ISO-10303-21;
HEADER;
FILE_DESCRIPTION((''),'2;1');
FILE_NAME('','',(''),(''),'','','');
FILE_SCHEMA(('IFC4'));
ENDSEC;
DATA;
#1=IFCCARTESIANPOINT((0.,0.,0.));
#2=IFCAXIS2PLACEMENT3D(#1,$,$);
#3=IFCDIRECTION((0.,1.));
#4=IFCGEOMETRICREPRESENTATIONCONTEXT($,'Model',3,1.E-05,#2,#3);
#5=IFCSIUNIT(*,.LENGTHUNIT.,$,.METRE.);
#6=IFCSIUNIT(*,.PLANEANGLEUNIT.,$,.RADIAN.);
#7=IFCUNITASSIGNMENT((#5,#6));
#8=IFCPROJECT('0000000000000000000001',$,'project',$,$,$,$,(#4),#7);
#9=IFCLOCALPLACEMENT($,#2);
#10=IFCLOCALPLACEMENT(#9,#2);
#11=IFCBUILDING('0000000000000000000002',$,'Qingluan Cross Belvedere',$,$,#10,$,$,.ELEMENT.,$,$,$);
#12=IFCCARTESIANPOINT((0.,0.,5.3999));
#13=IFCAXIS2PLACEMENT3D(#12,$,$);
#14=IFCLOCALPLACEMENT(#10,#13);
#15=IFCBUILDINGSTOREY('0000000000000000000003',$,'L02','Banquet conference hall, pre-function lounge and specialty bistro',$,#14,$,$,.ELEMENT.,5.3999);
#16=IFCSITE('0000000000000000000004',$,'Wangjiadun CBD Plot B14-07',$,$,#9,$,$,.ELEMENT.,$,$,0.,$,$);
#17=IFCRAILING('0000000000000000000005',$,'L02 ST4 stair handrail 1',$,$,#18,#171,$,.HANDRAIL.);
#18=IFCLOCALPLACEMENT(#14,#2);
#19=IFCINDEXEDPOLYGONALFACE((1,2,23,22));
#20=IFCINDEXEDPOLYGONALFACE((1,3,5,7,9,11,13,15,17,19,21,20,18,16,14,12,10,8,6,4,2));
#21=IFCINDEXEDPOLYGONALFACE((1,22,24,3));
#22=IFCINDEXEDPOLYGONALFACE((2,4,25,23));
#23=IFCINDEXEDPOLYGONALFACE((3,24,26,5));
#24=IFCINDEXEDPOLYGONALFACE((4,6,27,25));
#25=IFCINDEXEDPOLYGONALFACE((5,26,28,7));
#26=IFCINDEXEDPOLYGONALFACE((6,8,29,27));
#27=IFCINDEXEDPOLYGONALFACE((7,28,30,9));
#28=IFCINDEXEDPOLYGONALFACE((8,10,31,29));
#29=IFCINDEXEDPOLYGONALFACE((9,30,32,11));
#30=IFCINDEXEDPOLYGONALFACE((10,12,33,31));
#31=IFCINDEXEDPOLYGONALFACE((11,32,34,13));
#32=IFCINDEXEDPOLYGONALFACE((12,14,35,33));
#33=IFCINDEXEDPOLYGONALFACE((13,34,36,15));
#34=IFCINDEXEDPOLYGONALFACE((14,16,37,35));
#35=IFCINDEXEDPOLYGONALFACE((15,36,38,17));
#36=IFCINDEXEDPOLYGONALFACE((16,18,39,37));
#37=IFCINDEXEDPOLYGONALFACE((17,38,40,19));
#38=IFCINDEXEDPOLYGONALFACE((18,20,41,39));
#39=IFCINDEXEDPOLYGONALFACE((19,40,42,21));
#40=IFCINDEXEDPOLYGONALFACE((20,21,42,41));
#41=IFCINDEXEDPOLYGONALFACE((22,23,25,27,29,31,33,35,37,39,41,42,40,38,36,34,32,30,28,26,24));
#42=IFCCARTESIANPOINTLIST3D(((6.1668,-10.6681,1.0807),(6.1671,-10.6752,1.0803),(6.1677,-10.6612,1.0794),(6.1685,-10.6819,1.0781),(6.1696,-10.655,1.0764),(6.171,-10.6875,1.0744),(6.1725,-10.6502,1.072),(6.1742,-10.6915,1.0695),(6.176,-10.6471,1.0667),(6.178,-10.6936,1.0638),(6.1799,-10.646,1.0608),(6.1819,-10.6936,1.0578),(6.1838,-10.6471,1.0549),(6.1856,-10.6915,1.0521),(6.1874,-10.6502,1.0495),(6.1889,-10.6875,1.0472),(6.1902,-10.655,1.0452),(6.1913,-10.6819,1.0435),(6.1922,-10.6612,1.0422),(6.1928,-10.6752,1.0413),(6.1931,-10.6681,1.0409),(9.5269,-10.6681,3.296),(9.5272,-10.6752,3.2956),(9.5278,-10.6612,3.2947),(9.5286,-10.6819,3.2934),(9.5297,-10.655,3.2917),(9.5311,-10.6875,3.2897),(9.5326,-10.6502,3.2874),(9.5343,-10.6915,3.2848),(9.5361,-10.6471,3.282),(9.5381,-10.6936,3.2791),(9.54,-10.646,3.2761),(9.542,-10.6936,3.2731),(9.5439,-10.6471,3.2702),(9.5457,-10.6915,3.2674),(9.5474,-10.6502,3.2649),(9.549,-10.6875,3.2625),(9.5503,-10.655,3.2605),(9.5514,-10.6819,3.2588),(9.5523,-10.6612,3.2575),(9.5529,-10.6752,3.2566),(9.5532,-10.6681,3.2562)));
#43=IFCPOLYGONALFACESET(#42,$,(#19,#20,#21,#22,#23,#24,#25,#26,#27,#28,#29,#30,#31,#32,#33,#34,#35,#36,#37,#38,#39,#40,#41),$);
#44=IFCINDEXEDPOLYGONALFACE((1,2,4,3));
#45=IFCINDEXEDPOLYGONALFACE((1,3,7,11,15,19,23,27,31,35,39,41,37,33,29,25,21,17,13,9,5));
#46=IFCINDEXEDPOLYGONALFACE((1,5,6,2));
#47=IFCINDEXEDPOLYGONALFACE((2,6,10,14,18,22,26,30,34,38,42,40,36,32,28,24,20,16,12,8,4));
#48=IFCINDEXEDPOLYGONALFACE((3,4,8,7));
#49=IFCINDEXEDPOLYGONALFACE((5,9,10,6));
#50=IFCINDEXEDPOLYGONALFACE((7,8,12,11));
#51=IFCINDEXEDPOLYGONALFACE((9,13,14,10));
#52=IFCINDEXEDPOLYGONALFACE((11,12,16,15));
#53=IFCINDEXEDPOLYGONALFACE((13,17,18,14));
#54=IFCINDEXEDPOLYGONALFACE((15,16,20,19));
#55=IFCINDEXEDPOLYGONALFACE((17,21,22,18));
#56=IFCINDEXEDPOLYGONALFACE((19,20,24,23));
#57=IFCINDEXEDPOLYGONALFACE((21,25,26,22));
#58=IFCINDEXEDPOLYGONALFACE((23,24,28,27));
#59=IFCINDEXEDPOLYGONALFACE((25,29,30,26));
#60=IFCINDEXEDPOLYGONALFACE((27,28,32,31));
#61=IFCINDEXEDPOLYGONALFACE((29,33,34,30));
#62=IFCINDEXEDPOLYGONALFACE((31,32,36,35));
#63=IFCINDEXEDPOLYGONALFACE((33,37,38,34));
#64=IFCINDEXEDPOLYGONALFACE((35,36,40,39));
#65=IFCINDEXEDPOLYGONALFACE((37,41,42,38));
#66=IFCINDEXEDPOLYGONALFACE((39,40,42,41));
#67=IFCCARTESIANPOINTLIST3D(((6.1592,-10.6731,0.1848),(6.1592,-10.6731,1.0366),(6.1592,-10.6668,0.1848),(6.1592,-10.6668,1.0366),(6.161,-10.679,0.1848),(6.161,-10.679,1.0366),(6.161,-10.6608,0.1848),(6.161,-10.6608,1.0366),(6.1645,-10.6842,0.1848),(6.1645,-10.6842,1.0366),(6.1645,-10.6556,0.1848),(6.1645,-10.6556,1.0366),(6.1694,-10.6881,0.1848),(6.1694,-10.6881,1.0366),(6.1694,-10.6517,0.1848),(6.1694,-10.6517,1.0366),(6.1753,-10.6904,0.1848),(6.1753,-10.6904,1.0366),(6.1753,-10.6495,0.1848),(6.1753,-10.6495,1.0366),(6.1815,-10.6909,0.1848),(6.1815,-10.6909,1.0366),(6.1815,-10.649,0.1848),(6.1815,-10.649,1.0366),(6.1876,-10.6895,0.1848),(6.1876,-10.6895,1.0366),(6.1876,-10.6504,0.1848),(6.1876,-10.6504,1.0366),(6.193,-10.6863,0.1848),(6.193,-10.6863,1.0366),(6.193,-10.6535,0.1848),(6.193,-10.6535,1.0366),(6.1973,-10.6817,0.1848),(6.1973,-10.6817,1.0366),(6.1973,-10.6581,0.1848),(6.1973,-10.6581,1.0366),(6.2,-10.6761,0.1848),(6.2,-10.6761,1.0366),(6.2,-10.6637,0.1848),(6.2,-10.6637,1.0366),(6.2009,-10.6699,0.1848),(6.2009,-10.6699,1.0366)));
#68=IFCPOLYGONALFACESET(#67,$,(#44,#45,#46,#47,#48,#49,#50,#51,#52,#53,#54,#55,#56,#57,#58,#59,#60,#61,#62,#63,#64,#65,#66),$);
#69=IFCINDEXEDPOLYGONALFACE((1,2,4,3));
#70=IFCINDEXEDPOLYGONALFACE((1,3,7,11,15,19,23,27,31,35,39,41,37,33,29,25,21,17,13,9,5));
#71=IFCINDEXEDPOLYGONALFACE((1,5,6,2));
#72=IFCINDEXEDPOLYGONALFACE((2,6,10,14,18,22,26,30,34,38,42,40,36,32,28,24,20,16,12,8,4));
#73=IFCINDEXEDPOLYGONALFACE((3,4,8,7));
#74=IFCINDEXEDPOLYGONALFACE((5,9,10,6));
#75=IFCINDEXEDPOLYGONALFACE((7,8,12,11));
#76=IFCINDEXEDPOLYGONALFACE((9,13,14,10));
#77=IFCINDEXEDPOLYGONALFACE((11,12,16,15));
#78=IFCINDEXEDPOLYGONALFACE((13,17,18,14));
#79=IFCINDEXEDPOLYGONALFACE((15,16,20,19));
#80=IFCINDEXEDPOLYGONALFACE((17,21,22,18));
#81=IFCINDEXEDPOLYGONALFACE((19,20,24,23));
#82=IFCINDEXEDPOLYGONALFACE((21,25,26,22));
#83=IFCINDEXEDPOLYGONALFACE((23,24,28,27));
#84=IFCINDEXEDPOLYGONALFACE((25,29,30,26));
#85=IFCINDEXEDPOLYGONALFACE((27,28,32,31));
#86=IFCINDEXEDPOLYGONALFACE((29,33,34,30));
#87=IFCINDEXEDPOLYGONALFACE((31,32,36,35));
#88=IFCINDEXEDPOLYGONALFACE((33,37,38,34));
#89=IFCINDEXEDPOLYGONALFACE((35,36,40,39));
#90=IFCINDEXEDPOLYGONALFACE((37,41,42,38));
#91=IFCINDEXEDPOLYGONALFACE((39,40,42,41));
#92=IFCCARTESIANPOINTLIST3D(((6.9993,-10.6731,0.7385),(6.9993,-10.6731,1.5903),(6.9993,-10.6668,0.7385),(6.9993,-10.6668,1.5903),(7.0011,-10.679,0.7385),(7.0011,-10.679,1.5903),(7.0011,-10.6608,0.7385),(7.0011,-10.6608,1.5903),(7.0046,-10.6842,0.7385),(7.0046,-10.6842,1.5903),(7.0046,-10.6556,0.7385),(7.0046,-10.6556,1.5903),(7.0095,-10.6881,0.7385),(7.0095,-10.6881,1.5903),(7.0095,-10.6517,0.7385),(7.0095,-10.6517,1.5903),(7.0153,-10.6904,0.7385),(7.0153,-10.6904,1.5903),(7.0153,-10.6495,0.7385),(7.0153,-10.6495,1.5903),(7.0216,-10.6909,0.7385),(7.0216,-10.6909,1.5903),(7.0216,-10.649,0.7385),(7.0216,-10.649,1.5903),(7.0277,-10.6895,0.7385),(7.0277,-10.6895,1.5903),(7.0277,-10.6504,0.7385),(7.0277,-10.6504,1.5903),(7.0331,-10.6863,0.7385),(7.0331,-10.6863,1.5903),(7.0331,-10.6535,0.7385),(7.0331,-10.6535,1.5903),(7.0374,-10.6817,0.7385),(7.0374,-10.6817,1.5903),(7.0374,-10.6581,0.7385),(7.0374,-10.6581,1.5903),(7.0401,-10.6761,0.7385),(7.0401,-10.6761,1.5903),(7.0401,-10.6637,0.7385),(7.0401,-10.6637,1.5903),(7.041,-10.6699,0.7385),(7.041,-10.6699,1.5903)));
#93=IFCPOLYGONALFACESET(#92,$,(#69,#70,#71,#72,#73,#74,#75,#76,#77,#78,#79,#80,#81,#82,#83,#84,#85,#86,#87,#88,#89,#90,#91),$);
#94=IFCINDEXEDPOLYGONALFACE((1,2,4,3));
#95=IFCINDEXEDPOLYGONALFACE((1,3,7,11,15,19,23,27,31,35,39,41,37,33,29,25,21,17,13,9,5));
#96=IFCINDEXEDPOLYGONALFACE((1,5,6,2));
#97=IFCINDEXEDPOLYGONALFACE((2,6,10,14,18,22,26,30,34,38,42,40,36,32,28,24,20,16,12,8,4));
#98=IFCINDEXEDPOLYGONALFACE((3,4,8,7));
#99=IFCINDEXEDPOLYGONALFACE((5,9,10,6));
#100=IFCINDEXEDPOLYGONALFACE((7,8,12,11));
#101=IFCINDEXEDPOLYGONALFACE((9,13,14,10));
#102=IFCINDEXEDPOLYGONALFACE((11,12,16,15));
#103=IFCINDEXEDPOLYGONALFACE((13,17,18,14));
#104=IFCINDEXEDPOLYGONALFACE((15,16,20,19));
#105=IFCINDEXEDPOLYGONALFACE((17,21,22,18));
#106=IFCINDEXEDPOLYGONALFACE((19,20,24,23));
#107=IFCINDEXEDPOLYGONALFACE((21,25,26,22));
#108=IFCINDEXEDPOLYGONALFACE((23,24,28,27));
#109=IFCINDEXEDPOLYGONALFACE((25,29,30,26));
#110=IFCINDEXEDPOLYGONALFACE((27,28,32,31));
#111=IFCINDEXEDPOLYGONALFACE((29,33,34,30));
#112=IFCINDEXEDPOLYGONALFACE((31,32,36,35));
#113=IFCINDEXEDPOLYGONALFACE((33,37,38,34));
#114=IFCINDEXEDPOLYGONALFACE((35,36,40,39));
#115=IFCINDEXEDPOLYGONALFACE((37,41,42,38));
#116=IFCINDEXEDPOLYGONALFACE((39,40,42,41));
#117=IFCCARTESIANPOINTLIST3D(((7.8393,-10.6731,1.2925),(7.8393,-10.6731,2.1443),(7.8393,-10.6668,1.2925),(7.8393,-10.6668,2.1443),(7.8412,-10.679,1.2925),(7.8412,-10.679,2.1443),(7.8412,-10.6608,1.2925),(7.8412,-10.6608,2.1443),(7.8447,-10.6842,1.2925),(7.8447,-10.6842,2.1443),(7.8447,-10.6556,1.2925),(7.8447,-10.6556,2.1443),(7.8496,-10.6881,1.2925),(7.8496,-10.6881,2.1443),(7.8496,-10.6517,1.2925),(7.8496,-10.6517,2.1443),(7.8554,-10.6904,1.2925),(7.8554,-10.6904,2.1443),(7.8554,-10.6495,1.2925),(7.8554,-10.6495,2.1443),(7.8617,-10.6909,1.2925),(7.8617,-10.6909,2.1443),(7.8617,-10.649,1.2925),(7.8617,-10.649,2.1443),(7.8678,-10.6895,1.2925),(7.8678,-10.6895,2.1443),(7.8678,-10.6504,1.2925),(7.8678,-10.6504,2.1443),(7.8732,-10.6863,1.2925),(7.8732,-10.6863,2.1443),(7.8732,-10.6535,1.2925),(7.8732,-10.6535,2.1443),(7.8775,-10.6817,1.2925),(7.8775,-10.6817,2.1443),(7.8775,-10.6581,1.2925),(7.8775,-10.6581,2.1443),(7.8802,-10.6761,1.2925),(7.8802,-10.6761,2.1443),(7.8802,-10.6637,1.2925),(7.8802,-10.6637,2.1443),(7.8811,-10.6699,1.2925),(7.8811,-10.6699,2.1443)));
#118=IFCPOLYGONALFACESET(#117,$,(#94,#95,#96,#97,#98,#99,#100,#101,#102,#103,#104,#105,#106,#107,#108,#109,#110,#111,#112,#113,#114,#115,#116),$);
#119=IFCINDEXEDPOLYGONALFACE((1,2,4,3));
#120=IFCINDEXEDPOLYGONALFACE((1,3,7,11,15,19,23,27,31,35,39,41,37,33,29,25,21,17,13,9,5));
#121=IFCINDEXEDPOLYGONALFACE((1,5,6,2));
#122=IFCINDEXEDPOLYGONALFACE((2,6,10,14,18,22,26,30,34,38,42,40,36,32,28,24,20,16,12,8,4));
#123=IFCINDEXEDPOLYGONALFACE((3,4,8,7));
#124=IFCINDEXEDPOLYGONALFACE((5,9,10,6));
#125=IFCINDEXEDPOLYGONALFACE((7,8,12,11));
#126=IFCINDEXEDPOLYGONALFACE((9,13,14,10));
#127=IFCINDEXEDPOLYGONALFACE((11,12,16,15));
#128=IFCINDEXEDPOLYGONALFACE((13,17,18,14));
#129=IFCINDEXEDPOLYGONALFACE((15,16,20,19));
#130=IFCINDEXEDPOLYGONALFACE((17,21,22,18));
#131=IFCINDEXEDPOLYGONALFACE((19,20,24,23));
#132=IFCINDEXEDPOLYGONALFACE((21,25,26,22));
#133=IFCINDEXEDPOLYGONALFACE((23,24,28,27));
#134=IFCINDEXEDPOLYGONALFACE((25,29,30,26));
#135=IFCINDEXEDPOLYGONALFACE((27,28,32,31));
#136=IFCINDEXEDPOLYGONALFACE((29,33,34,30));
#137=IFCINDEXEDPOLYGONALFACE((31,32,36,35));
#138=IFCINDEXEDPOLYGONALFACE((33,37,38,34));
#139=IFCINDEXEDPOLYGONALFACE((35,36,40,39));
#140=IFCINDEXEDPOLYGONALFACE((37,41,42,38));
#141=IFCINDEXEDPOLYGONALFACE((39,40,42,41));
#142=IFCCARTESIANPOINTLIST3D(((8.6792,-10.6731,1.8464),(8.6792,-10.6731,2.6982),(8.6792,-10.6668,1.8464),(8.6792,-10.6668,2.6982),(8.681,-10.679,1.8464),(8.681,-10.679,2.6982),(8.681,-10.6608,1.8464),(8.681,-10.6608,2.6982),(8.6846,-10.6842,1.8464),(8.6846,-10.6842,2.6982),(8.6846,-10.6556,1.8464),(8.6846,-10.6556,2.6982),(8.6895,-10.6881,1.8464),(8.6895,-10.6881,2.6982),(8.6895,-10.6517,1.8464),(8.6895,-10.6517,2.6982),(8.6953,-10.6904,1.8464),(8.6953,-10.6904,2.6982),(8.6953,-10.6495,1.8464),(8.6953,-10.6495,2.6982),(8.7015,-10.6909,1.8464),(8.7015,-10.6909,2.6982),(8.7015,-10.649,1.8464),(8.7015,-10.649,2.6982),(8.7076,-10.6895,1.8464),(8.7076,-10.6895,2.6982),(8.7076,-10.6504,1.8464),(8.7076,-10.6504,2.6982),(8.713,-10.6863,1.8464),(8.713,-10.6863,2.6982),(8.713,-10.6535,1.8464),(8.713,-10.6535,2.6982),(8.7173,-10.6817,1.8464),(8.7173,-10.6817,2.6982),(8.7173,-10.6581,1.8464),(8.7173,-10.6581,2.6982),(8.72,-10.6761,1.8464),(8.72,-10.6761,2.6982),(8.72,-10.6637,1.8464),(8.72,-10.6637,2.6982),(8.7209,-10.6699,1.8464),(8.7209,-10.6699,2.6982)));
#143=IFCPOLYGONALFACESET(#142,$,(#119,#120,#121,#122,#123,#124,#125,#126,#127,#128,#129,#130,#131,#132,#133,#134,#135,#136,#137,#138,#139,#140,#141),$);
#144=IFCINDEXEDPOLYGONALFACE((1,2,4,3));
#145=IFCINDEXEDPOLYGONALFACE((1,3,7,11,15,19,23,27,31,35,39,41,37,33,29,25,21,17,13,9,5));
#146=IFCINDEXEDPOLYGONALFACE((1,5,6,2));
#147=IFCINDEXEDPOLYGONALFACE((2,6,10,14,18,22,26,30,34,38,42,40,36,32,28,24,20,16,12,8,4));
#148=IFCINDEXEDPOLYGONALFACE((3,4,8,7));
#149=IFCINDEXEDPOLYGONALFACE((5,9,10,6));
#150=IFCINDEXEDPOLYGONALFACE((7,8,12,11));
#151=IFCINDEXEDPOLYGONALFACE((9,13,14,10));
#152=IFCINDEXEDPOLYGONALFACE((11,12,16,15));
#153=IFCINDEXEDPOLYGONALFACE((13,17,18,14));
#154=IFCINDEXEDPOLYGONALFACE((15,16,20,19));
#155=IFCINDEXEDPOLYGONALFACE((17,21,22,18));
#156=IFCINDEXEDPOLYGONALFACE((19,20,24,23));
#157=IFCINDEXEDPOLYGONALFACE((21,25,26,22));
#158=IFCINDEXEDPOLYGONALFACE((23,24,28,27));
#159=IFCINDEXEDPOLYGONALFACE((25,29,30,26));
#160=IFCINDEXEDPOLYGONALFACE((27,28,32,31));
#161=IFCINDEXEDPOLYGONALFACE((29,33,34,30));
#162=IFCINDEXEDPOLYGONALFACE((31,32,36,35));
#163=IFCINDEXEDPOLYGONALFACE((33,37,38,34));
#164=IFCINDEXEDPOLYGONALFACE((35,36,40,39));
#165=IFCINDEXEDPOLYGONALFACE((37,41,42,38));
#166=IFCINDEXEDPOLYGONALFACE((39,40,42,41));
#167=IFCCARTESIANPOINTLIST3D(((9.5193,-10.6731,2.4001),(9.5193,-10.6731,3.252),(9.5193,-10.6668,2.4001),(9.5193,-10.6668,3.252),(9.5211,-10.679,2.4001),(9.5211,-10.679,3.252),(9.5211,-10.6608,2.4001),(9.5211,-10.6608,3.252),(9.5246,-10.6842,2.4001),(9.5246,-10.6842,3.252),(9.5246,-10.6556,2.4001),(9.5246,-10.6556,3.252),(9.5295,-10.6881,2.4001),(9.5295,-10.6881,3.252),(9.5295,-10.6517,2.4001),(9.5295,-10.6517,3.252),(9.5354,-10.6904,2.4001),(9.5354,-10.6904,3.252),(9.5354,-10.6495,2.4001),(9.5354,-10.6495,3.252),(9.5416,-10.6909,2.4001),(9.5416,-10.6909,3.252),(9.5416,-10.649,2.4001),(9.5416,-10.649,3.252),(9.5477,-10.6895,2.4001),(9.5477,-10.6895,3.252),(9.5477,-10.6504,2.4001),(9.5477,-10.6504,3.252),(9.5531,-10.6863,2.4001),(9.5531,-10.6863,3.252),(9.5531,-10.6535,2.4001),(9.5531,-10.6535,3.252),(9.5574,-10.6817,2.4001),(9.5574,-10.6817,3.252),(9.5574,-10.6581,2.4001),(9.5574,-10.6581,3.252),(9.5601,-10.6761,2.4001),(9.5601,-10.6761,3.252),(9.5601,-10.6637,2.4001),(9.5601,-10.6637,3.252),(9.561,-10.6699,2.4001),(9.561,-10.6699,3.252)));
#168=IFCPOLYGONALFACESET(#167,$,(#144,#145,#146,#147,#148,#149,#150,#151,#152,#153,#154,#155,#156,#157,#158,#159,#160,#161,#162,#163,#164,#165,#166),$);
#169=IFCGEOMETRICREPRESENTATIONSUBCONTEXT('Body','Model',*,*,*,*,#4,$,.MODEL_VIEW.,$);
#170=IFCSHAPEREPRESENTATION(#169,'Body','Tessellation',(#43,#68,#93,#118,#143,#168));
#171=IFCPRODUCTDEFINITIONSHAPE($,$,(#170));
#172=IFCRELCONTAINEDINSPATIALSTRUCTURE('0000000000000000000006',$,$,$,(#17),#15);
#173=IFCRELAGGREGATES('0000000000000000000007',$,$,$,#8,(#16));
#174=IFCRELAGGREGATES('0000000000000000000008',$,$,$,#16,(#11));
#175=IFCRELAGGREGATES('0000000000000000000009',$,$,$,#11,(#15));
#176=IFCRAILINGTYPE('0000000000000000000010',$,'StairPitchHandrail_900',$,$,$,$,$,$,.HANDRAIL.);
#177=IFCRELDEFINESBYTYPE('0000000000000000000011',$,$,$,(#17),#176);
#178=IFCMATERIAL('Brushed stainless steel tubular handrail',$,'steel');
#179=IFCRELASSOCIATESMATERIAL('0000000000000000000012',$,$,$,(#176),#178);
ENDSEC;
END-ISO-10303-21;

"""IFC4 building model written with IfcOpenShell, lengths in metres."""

from ifc_helpers import new_model, si_unit, direction, frame, origin, origin_2d, place, context, subcontext, project, spatial, circle, extrude, material, type_object, element, save


model = new_model("IFC4")

# Units and contexts
model_context = context("Model", 3, precision=1e-05, world=origin(), true_north=direction((0.0, 1.0)))
body_context = subcontext(model_context, "Body", "Model", "MODEL_VIEW")
ifc_project = project(units=[si_unit("LENGTHUNIT", "METRE"), si_unit("PLANEANGLEUNIT", "RADIAN")], contexts=[model_context])

# Site, building, storey
site_placement = place(None, origin())
site = spatial("IfcSite", under=ifc_project, at=site_placement, Name="Wangjiadun CBD Plot B14-07", CompositionType="ELEMENT", RefElevation=0.0)
building_placement = place(site_placement, origin())
building = spatial("IfcBuilding", under=site, at=building_placement, Name="Qingluan Cross Belvedere", CompositionType="ELEMENT")
storey_placement = place(building_placement, frame((0.0, 0.0, 5.3999)))
storey = spatial("IfcBuildingStorey", under=building, at=storey_placement, Name="L02", Description="Banquet conference hall, pre-function lounge and specialty bistro", CompositionType="ELEMENT", Elevation=5.3999)

# Railing
ifc_material_1 = material(Name="Brushed stainless steel tubular handrail", Category="steel")
railing_type_1 = type_object("IfcRailingType", Name="StairPitchHandrail_900", PredefinedType="HANDRAIL", material=ifc_material_1)
railing_1_placement = place(storey_placement, frame((6.1799, -10.6699, 0.1848)))
element("IfcRailing", 1, at=railing_1_placement, inside=storey, type_object=railing_type_1, Name="L02 ST4 stair handrail 1", PredefinedType="HANDRAIL", context=body_context, shape_type="SweptSolid", body=[
    extrude(circle(Radius=0.0239, at=origin_2d()), frame((0.0, 0.0, 0.876), z_axis=(0.834876, 0.0, 0.550437), x_axis=(0.0, 1.0, 0.0)), (0.0, 0.0, 1.0), 4.0247),
    extrude(circle(Radius=0.021, at=origin_2d()), origin(), (0.0, 0.0, 1.0), 0.8518),
    extrude(circle(Radius=0.021, at=origin_2d()), frame((0.8401, 0.0, 0.5537)), (0.0, 0.0, 1.0), 0.8518),
    extrude(circle(Radius=0.021, at=origin_2d()), frame((1.6802, 0.0, 1.1077)), (0.0, 0.0, 1.0), 0.8518),
    extrude(circle(Radius=0.021, at=origin_2d()), frame((2.52, 0.0, 1.6616)), (0.0, 0.0, 1.0), 0.8518),
    extrude(circle(Radius=0.021, at=origin_2d()), frame((3.3601, 0.0, 2.2153)), (0.0, 0.0, 1.0), 0.8518),
])

save(model, "model.ifc")
